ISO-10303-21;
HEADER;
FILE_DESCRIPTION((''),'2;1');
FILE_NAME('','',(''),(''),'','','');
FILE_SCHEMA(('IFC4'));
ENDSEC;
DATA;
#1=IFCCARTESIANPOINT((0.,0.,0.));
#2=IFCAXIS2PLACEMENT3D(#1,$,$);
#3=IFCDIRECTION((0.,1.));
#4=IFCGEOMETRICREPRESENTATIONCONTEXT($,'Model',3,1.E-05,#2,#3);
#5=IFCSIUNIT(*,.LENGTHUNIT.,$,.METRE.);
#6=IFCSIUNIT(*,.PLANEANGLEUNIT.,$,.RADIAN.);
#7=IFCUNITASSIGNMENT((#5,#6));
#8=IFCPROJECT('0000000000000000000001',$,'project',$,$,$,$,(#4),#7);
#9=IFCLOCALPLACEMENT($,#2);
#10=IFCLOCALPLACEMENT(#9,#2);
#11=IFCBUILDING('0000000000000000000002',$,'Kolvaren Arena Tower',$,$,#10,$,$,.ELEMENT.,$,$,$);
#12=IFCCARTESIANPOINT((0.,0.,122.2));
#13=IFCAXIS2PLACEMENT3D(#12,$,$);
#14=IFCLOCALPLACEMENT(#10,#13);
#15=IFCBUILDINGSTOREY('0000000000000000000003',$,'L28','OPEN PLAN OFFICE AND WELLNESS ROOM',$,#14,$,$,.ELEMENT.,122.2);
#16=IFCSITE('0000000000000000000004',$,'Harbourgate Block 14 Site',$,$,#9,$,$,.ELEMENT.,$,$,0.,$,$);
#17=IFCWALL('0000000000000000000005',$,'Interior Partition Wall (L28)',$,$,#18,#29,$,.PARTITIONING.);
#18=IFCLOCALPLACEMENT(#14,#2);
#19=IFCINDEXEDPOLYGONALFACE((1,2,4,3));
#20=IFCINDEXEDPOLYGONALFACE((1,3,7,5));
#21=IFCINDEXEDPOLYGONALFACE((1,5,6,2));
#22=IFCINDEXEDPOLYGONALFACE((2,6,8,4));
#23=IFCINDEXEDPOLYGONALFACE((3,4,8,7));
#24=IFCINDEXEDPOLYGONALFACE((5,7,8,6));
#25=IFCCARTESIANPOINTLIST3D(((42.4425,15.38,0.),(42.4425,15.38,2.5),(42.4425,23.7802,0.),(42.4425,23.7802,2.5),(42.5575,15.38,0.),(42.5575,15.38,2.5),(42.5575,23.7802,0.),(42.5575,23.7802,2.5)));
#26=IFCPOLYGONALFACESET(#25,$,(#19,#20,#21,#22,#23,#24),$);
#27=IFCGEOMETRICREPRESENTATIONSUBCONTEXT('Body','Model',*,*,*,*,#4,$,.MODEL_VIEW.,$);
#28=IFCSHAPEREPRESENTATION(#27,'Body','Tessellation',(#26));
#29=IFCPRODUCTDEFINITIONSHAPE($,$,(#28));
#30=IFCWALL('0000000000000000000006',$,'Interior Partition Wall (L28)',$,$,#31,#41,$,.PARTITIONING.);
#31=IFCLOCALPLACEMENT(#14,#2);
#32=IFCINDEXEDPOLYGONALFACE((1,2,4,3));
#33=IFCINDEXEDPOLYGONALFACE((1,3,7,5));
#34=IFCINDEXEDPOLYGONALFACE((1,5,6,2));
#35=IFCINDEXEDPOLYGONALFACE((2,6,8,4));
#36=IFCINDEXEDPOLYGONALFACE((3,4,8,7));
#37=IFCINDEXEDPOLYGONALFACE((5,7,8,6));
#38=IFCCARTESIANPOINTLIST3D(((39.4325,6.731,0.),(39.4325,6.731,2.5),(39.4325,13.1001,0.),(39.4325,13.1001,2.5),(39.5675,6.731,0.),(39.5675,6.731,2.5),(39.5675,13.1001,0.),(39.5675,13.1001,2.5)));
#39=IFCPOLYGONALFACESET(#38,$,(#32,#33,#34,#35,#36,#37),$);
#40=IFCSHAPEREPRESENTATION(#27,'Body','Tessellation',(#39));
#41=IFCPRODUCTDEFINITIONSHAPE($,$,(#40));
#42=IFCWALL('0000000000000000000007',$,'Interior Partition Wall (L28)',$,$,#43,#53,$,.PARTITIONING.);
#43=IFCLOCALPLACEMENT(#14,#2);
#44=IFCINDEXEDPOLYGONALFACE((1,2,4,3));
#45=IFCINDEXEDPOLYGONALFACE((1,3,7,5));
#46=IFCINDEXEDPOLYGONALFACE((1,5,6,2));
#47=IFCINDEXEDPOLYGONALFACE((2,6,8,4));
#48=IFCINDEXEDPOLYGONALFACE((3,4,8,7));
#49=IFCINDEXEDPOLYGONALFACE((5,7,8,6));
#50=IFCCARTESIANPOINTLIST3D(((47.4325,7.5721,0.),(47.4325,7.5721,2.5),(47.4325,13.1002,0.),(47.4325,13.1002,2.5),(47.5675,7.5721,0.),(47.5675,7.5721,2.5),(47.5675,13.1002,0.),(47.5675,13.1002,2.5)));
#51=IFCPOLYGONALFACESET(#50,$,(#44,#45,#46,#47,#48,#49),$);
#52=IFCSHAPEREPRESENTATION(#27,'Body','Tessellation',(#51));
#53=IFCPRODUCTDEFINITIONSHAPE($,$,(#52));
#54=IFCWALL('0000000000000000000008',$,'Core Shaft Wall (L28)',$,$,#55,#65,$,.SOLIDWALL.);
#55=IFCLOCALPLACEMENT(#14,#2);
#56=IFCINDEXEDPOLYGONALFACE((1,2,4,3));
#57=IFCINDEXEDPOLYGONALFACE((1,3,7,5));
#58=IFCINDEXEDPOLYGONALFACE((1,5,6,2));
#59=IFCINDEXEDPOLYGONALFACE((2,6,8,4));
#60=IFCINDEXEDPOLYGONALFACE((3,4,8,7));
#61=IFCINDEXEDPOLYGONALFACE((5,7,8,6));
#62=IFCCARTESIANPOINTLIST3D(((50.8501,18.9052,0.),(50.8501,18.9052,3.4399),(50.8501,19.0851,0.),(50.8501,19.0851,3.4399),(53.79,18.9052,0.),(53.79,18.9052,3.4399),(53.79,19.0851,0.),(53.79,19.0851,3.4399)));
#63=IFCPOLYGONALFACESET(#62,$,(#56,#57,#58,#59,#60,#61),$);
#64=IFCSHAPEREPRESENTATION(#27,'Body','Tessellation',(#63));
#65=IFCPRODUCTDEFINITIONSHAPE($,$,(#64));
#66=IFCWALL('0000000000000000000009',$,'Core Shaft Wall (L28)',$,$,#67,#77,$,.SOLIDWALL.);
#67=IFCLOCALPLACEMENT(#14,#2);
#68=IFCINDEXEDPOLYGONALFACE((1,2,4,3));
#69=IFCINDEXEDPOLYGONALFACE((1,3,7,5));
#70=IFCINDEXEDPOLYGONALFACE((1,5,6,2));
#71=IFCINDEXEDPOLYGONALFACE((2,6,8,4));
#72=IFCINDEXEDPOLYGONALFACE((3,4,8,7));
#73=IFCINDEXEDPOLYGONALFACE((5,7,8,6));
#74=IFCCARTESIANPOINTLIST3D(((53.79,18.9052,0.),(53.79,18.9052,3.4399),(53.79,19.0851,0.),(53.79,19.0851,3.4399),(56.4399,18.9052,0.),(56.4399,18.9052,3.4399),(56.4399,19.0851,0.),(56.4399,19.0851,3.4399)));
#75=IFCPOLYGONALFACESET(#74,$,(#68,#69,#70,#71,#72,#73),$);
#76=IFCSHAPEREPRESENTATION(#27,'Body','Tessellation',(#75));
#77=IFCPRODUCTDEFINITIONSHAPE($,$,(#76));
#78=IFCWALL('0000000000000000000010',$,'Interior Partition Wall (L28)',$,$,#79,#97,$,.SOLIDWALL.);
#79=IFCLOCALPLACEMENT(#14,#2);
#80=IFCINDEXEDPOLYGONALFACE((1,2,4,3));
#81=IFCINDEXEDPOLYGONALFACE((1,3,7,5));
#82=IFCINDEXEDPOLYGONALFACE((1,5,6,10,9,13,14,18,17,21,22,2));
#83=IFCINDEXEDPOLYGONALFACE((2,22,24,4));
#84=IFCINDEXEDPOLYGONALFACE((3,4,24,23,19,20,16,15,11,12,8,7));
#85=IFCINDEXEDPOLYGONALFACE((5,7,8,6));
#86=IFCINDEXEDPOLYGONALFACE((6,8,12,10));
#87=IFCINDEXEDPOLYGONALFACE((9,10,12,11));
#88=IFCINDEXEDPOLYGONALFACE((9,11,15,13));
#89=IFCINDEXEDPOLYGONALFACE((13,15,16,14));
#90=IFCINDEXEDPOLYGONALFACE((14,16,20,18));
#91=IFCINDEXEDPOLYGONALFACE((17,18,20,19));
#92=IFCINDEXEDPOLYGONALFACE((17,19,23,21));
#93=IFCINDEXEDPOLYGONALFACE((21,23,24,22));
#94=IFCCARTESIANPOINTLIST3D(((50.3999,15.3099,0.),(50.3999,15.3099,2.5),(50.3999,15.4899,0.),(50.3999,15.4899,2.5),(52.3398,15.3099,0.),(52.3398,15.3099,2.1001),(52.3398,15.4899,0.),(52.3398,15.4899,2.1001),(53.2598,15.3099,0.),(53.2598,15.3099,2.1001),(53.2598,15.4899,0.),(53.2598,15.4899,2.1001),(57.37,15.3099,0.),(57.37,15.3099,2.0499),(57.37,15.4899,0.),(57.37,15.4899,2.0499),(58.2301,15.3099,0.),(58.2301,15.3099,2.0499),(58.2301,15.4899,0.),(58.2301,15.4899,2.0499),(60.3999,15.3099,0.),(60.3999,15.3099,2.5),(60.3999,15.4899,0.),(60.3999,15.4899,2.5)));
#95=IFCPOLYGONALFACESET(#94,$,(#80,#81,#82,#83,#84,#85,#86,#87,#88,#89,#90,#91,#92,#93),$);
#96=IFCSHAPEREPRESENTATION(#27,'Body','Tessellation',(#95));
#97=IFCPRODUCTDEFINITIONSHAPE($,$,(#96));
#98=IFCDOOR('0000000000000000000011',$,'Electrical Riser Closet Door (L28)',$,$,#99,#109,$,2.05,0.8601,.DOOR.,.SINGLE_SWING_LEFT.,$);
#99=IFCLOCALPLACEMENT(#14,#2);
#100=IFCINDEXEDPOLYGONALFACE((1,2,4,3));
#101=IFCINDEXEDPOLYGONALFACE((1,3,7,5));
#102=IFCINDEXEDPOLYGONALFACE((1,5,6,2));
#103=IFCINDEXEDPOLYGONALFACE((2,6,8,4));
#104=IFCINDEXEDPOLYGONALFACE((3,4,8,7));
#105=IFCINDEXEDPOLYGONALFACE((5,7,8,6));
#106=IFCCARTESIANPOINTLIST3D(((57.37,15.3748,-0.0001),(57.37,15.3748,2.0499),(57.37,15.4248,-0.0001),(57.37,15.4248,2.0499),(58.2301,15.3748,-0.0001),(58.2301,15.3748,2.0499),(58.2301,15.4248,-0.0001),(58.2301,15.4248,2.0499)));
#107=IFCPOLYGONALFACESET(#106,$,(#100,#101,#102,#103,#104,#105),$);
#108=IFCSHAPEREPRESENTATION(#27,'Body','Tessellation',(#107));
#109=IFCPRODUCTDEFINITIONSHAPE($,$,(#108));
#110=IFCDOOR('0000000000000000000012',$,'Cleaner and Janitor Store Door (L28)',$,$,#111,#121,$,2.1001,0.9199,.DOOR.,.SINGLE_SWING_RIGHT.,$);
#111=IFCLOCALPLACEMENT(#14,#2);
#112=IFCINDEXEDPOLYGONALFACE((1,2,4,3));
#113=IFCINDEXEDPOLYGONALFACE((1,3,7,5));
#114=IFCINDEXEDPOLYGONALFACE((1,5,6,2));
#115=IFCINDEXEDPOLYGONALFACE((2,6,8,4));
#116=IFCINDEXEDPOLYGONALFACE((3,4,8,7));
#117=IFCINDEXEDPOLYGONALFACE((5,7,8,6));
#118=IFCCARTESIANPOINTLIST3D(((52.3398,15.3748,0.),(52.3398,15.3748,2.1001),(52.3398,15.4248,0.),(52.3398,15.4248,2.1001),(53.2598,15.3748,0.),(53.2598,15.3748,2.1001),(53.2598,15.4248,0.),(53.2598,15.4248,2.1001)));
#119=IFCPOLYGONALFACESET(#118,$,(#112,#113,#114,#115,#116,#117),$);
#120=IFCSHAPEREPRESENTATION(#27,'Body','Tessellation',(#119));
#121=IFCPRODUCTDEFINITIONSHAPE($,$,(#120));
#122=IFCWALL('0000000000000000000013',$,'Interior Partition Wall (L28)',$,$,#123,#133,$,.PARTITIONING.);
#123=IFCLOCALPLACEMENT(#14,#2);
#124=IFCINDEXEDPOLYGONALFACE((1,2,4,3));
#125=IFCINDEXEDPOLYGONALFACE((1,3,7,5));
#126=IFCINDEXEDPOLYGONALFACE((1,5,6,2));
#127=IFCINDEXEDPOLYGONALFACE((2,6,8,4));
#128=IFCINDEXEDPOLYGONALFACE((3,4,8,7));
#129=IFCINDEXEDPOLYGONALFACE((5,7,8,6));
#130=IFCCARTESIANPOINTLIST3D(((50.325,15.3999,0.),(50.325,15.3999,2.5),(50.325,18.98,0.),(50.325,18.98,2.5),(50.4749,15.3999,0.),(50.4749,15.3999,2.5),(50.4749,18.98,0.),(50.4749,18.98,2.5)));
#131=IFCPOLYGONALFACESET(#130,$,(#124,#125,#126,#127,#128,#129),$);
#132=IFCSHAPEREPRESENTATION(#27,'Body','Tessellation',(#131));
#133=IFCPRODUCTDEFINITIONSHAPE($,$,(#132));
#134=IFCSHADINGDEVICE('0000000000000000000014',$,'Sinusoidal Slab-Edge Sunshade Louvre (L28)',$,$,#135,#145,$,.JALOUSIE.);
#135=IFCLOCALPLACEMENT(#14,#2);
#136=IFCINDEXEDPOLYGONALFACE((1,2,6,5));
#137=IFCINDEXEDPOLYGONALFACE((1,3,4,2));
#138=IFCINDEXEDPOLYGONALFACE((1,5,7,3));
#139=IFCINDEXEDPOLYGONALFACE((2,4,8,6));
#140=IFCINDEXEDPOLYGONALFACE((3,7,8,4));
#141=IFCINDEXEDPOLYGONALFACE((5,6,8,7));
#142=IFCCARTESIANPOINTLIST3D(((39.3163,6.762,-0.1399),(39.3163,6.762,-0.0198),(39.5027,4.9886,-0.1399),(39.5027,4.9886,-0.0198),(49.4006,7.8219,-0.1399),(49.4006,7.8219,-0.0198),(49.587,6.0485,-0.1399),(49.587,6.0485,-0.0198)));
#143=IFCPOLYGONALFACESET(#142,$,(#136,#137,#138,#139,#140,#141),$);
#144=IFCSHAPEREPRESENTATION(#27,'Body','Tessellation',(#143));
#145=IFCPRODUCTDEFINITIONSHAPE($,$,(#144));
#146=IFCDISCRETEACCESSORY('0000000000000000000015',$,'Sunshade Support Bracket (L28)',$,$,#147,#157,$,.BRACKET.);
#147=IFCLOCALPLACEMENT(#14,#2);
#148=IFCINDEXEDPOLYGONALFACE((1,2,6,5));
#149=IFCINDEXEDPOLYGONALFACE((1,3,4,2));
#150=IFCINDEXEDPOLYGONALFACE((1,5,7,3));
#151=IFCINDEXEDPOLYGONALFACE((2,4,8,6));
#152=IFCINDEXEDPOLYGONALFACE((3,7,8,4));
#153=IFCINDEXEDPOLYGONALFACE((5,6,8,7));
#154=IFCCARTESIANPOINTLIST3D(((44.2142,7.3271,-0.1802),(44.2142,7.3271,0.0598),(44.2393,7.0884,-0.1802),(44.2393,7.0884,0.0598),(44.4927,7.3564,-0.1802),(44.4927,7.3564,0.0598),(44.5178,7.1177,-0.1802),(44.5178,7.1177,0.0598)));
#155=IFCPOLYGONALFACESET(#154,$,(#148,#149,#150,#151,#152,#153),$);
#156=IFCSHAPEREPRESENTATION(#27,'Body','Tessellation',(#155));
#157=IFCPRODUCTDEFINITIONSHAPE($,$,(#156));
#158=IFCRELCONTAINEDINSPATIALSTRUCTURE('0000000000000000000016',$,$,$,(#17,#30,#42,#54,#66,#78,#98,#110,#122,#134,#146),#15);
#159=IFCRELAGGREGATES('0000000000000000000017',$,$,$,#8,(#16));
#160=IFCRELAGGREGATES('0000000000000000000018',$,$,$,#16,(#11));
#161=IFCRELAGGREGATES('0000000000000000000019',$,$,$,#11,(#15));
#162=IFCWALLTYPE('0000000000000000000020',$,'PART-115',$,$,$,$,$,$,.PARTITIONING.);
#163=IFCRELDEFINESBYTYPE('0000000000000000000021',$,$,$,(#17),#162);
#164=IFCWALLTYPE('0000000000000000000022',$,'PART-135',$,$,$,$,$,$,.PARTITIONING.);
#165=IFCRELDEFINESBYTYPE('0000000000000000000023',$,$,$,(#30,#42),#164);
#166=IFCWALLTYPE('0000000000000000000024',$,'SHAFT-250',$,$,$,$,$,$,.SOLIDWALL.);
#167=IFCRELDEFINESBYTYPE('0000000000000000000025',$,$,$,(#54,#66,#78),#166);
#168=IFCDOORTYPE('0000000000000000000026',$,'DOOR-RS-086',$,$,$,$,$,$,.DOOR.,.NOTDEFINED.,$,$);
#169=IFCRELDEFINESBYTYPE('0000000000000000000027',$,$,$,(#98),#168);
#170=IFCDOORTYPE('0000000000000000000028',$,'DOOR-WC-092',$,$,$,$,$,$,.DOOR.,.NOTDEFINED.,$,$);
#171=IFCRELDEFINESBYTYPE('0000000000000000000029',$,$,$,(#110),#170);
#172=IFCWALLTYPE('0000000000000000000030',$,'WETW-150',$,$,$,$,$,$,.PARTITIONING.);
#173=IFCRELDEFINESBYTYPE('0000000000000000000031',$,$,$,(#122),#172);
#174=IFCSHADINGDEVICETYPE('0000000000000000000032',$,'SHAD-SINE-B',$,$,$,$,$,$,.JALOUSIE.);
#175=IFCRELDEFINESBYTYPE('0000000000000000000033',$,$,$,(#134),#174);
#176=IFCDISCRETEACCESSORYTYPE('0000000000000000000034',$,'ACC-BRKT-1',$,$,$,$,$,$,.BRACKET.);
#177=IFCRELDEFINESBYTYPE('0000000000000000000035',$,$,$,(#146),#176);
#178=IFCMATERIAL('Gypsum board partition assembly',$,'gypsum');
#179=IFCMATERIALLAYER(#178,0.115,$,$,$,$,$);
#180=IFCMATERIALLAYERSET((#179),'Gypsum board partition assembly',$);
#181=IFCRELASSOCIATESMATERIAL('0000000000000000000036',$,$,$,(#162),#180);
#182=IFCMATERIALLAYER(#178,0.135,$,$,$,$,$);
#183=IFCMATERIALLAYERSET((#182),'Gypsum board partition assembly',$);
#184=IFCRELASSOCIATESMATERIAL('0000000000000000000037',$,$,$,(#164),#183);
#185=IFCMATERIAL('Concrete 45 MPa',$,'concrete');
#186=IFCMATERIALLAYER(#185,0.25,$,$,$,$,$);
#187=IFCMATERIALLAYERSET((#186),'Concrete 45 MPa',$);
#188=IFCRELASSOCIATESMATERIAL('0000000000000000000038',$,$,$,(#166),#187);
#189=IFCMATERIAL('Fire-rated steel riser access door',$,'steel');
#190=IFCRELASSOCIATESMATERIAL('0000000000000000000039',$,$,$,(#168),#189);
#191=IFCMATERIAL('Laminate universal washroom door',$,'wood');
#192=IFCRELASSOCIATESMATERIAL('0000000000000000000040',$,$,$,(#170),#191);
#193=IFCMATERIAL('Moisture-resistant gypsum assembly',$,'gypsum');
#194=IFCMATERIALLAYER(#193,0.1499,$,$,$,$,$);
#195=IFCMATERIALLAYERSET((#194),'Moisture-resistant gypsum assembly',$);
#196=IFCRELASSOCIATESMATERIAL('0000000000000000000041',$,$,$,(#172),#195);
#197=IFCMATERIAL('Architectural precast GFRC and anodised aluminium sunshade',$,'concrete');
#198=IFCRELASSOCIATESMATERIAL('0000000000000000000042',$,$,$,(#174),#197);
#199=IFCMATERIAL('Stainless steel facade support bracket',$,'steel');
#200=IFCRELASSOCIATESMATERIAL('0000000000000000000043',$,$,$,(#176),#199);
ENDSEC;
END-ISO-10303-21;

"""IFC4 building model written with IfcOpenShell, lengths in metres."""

from ifc_helpers import new_model, si_unit, direction, frame, frame_2d, origin, origin_2d, place, context, subcontext, project, spatial, rectangle, extrude, material, layer, layer_set, type_object, element, fill, save


model = new_model("IFC4")

# Units and contexts
model_context = context("Model", 3, precision=1e-05, world=origin(), true_north=direction((0.0, 1.0)))
body_context = subcontext(model_context, "Body", "Model", "MODEL_VIEW")
ifc_project = project(units=[si_unit("LENGTHUNIT", "METRE"), si_unit("PLANEANGLEUNIT", "RADIAN")], contexts=[model_context])

# Site, building, storey
site_placement = place(None, origin())
site = spatial("IfcSite", under=ifc_project, at=site_placement, Name="Harbourgate Block 14 Site", CompositionType="ELEMENT", RefElevation=0.0)
building_placement = place(site_placement, origin())
building = spatial("IfcBuilding", under=site, at=building_placement, Name="Kolvaren Arena Tower", CompositionType="ELEMENT")
storey_placement = place(building_placement, frame((0.0, 0.0, 122.2)))
storey = spatial("IfcBuildingStorey", under=building, at=storey_placement, Name="L28", Description="OPEN PLAN OFFICE AND WELLNESS ROOM", CompositionType="ELEMENT", Elevation=122.2)

# Walls
ifc_material_1 = material(Name="Gypsum board partition assembly", Category="gypsum")
ifc_layer_1 = layer(ifc_material_1, 0.115)
ifc_layer_set_1 = layer_set([ifc_layer_1], Name="Gypsum board partition assembly")
wall_type_1 = type_object("IfcWallType", Name="PART-115", PredefinedType="PARTITIONING", material=ifc_layer_set_1)
wall_1_placement = place(storey_placement, frame((42.5, 15.3799, 0.0), z_axis=(0.0, 0.0, 1.0), x_axis=(0.0, 1.0, 0.0)))
element("IfcWall", 1, at=wall_1_placement, inside=storey, type_object=wall_type_1, Name="Interior Partition Wall (L28)", PredefinedType="PARTITIONING", context=body_context, shape_type="SweptSolid", body=[
    extrude(rectangle(XDim=8.4001, YDim=0.115, at=frame_2d((4.2002, 0.0))), origin(), (0.0, 0.0, 1.0), 2.5),
])
ifc_layer_2 = layer(ifc_material_1, 0.135)
ifc_layer_set_2 = layer_set([ifc_layer_2], Name="Gypsum board partition assembly")
wall_type_2 = type_object("IfcWallType", Name="PART-135", PredefinedType="PARTITIONING", material=ifc_layer_set_2)
wall_2_placement = place(storey_placement, frame((39.5, 6.731, 0.0), z_axis=(0.0, 0.0, 1.0), x_axis=(0.0, 1.0, 0.0)))
element("IfcWall", 2, at=wall_2_placement, inside=storey, type_object=wall_type_2, Name="Interior Partition Wall (L28)", PredefinedType="PARTITIONING", context=body_context, shape_type="SweptSolid", body=[
    extrude(rectangle(XDim=6.3691, YDim=0.135, at=frame_2d((3.1846, 0.0))), origin(), (0.0, 0.0, 1.0), 2.5),
])
wall_3_placement = place(storey_placement, frame((47.5, 7.572, 0.0), z_axis=(0.0, 0.0, 1.0), x_axis=(0.0, 1.0, 0.0)))
element("IfcWall", 3, at=wall_3_placement, inside=storey, type_object=wall_type_2, Name="Interior Partition Wall (L28)", PredefinedType="PARTITIONING", context=body_context, shape_type="SweptSolid", body=[
    extrude(rectangle(XDim=5.5281, YDim=0.135, at=frame_2d((2.7642, 0.0))), origin(), (0.0, 0.0, 1.0), 2.5),
])
ifc_material_2 = material(Name="Concrete 45 MPa", Category="concrete")
ifc_layer_3 = layer(ifc_material_2, 0.25)
ifc_layer_set_3 = layer_set([ifc_layer_3], Name="Concrete 45 MPa")
wall_type_3 = type_object("IfcWallType", Name="SHAFT-250", PredefinedType="SOLIDWALL", material=ifc_layer_set_3)
wall_4_placement = place(storey_placement, frame((50.8501, 18.9951, 0.0), z_axis=(0.0, 0.0, 1.0), x_axis=(1.0, 0.0, 0.0)))
element("IfcWall", 4, at=wall_4_placement, inside=storey, type_object=wall_type_3, Name="Core Shaft Wall (L28)", PredefinedType="SOLIDWALL", context=body_context, shape_type="SweptSolid", body=[
    extrude(rectangle(XDim=2.9399, YDim=0.1799, at=frame_2d((1.47, 0.0))), origin(), (0.0, 0.0, 1.0), 3.4399),
])
wall_5_placement = place(storey_placement, frame((53.79, 18.9951, 0.0), z_axis=(0.0, 0.0, 1.0), x_axis=(1.0, 0.0, 0.0)))
element("IfcWall", 5, at=wall_5_placement, inside=storey, type_object=wall_type_3, Name="Core Shaft Wall (L28)", PredefinedType="SOLIDWALL", context=body_context, shape_type="SweptSolid", body=[
    extrude(rectangle(XDim=2.6499, YDim=0.1799, at=frame_2d((1.325, 0.0))), origin(), (0.0, 0.0, 1.0), 3.4399),
])

# Wall, openings, doors
wall_6_placement = place(storey_placement, frame((50.3999, 15.3999, 0.0), z_axis=(0.0, 0.0, 1.0), x_axis=(1.0, 0.0, 0.0)))
wall_6 = element("IfcWall", 6, at=wall_6_placement, inside=storey, type_object=wall_type_3, Name="Interior Partition Wall (L28)", PredefinedType="SOLIDWALL", context=body_context, shape_type="SweptSolid", body=[
    extrude(rectangle(XDim=10.0, YDim=0.1799, at=frame_2d((5.0, 0.0))), origin(), (0.0, 0.0, 1.0), 2.5),
])
opening_1_placement = place(wall_6_placement, frame((1.9399, 0.0, 0.0)))
opening_1 = element("IfcOpeningElement", 7, at=opening_1_placement, cuts=wall_6, PredefinedType="OPENING", context=body_context, shape_type="SweptSolid", body=[
    extrude(rectangle(XDim=0.9199, YDim=2.1001, at=frame_2d((0.46, 1.05))), frame((0.0, 0.0999, 0.0), z_axis=(0.0, -1.0, 0.0), x_axis=(1.0, 0.0, 0.0)), (0.0, 0.0, 1.0), 0.2),
])
opening_2_placement = place(wall_6_placement, frame((6.97, 0.0, 0.0)))
opening_2 = element("IfcOpeningElement", 8, at=opening_2_placement, cuts=wall_6, PredefinedType="OPENING", context=body_context, shape_type="SweptSolid", body=[
    extrude(rectangle(XDim=0.8601, YDim=2.05, at=frame_2d((0.4302, 1.0249))), frame((0.0, 0.0999, 0.0), z_axis=(0.0, -1.0, 0.0), x_axis=(1.0, 0.0, 0.0)), (0.0, 0.0, 1.0), 0.2),
])
ifc_material_3 = material(Name="Fire-rated steel riser access door", Category="steel")
door_type_1 = type_object("IfcDoorType", Name="DOOR-RS-086", OperationType="NOTDEFINED", PredefinedType="DOOR", material=ifc_material_3)
door_1_placement = place(opening_2_placement, origin())
door_1 = element("IfcDoor", 9, at=door_1_placement, inside=storey, type_object=door_type_1, Name="Electrical Riser Closet Door (L28)", OperationType="SINGLE_SWING_LEFT", OverallHeight=2.05, OverallWidth=0.8601, PredefinedType="DOOR", context=body_context, shape_type="SweptSolid", body=[
    extrude(rectangle(XDim=0.8601, YDim=2.05, at=frame_2d((0.4302, 1.0249))), frame((0.0, 0.0249, 0.0), z_axis=(0.0, -1.0, 0.0), x_axis=(1.0, 0.0, 0.0)), (0.0, 0.0, 1.0), 0.05),
])
fill(opening_2, door_1)
ifc_material_4 = material(Name="Laminate universal washroom door", Category="wood")
door_type_2 = type_object("IfcDoorType", Name="DOOR-WC-092", OperationType="NOTDEFINED", PredefinedType="DOOR", material=ifc_material_4)
door_2_placement = place(opening_1_placement, origin())
door_2 = element("IfcDoor", 10, at=door_2_placement, inside=storey, type_object=door_type_2, Name="Cleaner and Janitor Store Door (L28)", OperationType="SINGLE_SWING_RIGHT", OverallHeight=2.1001, OverallWidth=0.9199, PredefinedType="DOOR", context=body_context, shape_type="SweptSolid", body=[
    extrude(rectangle(XDim=0.9199, YDim=2.1001, at=frame_2d((0.46, 1.05))), frame((0.0, 0.0249, 0.0), z_axis=(0.0, -1.0, 0.0), x_axis=(1.0, 0.0, 0.0)), (0.0, 0.0, 1.0), 0.05),
])
fill(opening_1, door_2)

# Wall
ifc_material_5 = material(Name="Moisture-resistant gypsum assembly", Category="gypsum")
ifc_layer_4 = layer(ifc_material_5, 0.1499)
ifc_layer_set_4 = layer_set([ifc_layer_4], Name="Moisture-resistant gypsum assembly")
wall_type_4 = type_object("IfcWallType", Name="WETW-150", PredefinedType="PARTITIONING", material=ifc_layer_set_4)
wall_7_placement = place(storey_placement, frame((50.3999, 15.3999, 0.0), z_axis=(0.0, 0.0, 1.0), x_axis=(0.0, 1.0, 0.0)))
element("IfcWall", 11, at=wall_7_placement, inside=storey, type_object=wall_type_4, Name="Interior Partition Wall (L28)", PredefinedType="PARTITIONING", context=body_context, shape_type="SweptSolid", body=[
    extrude(rectangle(XDim=3.5801, YDim=0.1499, at=frame_2d((1.79, 0.0))), origin(), (0.0, 0.0, 1.0), 2.5),
])

# Shading device
ifc_material_6 = material(Name="Architectural precast GFRC and anodised aluminium sunshade", Category="concrete")
shading_device_type = type_object("IfcShadingDeviceType", Name="SHAD-SINE-B", PredefinedType="JALOUSIE", material=ifc_material_6)
shading_device_placement = place(storey_placement, frame((44.4517, 6.4053, -0.1399), z_axis=(0.0, 0.0, 1.0), x_axis=(-0.994522, -0.104527, 0.0)))
element("IfcShadingDevice", 12, at=shading_device_placement, inside=storey, type_object=shading_device_type, Name="Sinusoidal Slab-Edge Sunshade Louvre (L28)", PredefinedType="JALOUSIE", context=body_context, shape_type="SweptSolid", body=[
    extrude(rectangle(XDim=10.1399, YDim=1.7832, at=origin_2d()), origin(), (0.0, 0.0, 1.0), 0.1201),
])

# Discrete accessory
ifc_material_7 = material(Name="Stainless steel facade support bracket", Category="steel")
discrete_accessory_type = type_object("IfcDiscreteAccessoryType", Name="ACC-BRKT-1", PredefinedType="BRACKET", material=ifc_material_7)
discrete_accessory_placement = place(storey_placement, frame((44.366, 7.2224, -0.1802), z_axis=(0.0, 0.0, 1.0), x_axis=(-0.994522, -0.104527, 0.0)))
element("IfcDiscreteAccessory", 13, at=discrete_accessory_placement, inside=storey, type_object=discrete_accessory_type, Name="Sunshade Support Bracket (L28)", PredefinedType="BRACKET", context=body_context, shape_type="SweptSolid", body=[
    extrude(rectangle(XDim=0.28, YDim=0.24, at=origin_2d()), origin(), (0.0, 0.0, 1.0), 0.24),
])

save(model, "model.ifc")
